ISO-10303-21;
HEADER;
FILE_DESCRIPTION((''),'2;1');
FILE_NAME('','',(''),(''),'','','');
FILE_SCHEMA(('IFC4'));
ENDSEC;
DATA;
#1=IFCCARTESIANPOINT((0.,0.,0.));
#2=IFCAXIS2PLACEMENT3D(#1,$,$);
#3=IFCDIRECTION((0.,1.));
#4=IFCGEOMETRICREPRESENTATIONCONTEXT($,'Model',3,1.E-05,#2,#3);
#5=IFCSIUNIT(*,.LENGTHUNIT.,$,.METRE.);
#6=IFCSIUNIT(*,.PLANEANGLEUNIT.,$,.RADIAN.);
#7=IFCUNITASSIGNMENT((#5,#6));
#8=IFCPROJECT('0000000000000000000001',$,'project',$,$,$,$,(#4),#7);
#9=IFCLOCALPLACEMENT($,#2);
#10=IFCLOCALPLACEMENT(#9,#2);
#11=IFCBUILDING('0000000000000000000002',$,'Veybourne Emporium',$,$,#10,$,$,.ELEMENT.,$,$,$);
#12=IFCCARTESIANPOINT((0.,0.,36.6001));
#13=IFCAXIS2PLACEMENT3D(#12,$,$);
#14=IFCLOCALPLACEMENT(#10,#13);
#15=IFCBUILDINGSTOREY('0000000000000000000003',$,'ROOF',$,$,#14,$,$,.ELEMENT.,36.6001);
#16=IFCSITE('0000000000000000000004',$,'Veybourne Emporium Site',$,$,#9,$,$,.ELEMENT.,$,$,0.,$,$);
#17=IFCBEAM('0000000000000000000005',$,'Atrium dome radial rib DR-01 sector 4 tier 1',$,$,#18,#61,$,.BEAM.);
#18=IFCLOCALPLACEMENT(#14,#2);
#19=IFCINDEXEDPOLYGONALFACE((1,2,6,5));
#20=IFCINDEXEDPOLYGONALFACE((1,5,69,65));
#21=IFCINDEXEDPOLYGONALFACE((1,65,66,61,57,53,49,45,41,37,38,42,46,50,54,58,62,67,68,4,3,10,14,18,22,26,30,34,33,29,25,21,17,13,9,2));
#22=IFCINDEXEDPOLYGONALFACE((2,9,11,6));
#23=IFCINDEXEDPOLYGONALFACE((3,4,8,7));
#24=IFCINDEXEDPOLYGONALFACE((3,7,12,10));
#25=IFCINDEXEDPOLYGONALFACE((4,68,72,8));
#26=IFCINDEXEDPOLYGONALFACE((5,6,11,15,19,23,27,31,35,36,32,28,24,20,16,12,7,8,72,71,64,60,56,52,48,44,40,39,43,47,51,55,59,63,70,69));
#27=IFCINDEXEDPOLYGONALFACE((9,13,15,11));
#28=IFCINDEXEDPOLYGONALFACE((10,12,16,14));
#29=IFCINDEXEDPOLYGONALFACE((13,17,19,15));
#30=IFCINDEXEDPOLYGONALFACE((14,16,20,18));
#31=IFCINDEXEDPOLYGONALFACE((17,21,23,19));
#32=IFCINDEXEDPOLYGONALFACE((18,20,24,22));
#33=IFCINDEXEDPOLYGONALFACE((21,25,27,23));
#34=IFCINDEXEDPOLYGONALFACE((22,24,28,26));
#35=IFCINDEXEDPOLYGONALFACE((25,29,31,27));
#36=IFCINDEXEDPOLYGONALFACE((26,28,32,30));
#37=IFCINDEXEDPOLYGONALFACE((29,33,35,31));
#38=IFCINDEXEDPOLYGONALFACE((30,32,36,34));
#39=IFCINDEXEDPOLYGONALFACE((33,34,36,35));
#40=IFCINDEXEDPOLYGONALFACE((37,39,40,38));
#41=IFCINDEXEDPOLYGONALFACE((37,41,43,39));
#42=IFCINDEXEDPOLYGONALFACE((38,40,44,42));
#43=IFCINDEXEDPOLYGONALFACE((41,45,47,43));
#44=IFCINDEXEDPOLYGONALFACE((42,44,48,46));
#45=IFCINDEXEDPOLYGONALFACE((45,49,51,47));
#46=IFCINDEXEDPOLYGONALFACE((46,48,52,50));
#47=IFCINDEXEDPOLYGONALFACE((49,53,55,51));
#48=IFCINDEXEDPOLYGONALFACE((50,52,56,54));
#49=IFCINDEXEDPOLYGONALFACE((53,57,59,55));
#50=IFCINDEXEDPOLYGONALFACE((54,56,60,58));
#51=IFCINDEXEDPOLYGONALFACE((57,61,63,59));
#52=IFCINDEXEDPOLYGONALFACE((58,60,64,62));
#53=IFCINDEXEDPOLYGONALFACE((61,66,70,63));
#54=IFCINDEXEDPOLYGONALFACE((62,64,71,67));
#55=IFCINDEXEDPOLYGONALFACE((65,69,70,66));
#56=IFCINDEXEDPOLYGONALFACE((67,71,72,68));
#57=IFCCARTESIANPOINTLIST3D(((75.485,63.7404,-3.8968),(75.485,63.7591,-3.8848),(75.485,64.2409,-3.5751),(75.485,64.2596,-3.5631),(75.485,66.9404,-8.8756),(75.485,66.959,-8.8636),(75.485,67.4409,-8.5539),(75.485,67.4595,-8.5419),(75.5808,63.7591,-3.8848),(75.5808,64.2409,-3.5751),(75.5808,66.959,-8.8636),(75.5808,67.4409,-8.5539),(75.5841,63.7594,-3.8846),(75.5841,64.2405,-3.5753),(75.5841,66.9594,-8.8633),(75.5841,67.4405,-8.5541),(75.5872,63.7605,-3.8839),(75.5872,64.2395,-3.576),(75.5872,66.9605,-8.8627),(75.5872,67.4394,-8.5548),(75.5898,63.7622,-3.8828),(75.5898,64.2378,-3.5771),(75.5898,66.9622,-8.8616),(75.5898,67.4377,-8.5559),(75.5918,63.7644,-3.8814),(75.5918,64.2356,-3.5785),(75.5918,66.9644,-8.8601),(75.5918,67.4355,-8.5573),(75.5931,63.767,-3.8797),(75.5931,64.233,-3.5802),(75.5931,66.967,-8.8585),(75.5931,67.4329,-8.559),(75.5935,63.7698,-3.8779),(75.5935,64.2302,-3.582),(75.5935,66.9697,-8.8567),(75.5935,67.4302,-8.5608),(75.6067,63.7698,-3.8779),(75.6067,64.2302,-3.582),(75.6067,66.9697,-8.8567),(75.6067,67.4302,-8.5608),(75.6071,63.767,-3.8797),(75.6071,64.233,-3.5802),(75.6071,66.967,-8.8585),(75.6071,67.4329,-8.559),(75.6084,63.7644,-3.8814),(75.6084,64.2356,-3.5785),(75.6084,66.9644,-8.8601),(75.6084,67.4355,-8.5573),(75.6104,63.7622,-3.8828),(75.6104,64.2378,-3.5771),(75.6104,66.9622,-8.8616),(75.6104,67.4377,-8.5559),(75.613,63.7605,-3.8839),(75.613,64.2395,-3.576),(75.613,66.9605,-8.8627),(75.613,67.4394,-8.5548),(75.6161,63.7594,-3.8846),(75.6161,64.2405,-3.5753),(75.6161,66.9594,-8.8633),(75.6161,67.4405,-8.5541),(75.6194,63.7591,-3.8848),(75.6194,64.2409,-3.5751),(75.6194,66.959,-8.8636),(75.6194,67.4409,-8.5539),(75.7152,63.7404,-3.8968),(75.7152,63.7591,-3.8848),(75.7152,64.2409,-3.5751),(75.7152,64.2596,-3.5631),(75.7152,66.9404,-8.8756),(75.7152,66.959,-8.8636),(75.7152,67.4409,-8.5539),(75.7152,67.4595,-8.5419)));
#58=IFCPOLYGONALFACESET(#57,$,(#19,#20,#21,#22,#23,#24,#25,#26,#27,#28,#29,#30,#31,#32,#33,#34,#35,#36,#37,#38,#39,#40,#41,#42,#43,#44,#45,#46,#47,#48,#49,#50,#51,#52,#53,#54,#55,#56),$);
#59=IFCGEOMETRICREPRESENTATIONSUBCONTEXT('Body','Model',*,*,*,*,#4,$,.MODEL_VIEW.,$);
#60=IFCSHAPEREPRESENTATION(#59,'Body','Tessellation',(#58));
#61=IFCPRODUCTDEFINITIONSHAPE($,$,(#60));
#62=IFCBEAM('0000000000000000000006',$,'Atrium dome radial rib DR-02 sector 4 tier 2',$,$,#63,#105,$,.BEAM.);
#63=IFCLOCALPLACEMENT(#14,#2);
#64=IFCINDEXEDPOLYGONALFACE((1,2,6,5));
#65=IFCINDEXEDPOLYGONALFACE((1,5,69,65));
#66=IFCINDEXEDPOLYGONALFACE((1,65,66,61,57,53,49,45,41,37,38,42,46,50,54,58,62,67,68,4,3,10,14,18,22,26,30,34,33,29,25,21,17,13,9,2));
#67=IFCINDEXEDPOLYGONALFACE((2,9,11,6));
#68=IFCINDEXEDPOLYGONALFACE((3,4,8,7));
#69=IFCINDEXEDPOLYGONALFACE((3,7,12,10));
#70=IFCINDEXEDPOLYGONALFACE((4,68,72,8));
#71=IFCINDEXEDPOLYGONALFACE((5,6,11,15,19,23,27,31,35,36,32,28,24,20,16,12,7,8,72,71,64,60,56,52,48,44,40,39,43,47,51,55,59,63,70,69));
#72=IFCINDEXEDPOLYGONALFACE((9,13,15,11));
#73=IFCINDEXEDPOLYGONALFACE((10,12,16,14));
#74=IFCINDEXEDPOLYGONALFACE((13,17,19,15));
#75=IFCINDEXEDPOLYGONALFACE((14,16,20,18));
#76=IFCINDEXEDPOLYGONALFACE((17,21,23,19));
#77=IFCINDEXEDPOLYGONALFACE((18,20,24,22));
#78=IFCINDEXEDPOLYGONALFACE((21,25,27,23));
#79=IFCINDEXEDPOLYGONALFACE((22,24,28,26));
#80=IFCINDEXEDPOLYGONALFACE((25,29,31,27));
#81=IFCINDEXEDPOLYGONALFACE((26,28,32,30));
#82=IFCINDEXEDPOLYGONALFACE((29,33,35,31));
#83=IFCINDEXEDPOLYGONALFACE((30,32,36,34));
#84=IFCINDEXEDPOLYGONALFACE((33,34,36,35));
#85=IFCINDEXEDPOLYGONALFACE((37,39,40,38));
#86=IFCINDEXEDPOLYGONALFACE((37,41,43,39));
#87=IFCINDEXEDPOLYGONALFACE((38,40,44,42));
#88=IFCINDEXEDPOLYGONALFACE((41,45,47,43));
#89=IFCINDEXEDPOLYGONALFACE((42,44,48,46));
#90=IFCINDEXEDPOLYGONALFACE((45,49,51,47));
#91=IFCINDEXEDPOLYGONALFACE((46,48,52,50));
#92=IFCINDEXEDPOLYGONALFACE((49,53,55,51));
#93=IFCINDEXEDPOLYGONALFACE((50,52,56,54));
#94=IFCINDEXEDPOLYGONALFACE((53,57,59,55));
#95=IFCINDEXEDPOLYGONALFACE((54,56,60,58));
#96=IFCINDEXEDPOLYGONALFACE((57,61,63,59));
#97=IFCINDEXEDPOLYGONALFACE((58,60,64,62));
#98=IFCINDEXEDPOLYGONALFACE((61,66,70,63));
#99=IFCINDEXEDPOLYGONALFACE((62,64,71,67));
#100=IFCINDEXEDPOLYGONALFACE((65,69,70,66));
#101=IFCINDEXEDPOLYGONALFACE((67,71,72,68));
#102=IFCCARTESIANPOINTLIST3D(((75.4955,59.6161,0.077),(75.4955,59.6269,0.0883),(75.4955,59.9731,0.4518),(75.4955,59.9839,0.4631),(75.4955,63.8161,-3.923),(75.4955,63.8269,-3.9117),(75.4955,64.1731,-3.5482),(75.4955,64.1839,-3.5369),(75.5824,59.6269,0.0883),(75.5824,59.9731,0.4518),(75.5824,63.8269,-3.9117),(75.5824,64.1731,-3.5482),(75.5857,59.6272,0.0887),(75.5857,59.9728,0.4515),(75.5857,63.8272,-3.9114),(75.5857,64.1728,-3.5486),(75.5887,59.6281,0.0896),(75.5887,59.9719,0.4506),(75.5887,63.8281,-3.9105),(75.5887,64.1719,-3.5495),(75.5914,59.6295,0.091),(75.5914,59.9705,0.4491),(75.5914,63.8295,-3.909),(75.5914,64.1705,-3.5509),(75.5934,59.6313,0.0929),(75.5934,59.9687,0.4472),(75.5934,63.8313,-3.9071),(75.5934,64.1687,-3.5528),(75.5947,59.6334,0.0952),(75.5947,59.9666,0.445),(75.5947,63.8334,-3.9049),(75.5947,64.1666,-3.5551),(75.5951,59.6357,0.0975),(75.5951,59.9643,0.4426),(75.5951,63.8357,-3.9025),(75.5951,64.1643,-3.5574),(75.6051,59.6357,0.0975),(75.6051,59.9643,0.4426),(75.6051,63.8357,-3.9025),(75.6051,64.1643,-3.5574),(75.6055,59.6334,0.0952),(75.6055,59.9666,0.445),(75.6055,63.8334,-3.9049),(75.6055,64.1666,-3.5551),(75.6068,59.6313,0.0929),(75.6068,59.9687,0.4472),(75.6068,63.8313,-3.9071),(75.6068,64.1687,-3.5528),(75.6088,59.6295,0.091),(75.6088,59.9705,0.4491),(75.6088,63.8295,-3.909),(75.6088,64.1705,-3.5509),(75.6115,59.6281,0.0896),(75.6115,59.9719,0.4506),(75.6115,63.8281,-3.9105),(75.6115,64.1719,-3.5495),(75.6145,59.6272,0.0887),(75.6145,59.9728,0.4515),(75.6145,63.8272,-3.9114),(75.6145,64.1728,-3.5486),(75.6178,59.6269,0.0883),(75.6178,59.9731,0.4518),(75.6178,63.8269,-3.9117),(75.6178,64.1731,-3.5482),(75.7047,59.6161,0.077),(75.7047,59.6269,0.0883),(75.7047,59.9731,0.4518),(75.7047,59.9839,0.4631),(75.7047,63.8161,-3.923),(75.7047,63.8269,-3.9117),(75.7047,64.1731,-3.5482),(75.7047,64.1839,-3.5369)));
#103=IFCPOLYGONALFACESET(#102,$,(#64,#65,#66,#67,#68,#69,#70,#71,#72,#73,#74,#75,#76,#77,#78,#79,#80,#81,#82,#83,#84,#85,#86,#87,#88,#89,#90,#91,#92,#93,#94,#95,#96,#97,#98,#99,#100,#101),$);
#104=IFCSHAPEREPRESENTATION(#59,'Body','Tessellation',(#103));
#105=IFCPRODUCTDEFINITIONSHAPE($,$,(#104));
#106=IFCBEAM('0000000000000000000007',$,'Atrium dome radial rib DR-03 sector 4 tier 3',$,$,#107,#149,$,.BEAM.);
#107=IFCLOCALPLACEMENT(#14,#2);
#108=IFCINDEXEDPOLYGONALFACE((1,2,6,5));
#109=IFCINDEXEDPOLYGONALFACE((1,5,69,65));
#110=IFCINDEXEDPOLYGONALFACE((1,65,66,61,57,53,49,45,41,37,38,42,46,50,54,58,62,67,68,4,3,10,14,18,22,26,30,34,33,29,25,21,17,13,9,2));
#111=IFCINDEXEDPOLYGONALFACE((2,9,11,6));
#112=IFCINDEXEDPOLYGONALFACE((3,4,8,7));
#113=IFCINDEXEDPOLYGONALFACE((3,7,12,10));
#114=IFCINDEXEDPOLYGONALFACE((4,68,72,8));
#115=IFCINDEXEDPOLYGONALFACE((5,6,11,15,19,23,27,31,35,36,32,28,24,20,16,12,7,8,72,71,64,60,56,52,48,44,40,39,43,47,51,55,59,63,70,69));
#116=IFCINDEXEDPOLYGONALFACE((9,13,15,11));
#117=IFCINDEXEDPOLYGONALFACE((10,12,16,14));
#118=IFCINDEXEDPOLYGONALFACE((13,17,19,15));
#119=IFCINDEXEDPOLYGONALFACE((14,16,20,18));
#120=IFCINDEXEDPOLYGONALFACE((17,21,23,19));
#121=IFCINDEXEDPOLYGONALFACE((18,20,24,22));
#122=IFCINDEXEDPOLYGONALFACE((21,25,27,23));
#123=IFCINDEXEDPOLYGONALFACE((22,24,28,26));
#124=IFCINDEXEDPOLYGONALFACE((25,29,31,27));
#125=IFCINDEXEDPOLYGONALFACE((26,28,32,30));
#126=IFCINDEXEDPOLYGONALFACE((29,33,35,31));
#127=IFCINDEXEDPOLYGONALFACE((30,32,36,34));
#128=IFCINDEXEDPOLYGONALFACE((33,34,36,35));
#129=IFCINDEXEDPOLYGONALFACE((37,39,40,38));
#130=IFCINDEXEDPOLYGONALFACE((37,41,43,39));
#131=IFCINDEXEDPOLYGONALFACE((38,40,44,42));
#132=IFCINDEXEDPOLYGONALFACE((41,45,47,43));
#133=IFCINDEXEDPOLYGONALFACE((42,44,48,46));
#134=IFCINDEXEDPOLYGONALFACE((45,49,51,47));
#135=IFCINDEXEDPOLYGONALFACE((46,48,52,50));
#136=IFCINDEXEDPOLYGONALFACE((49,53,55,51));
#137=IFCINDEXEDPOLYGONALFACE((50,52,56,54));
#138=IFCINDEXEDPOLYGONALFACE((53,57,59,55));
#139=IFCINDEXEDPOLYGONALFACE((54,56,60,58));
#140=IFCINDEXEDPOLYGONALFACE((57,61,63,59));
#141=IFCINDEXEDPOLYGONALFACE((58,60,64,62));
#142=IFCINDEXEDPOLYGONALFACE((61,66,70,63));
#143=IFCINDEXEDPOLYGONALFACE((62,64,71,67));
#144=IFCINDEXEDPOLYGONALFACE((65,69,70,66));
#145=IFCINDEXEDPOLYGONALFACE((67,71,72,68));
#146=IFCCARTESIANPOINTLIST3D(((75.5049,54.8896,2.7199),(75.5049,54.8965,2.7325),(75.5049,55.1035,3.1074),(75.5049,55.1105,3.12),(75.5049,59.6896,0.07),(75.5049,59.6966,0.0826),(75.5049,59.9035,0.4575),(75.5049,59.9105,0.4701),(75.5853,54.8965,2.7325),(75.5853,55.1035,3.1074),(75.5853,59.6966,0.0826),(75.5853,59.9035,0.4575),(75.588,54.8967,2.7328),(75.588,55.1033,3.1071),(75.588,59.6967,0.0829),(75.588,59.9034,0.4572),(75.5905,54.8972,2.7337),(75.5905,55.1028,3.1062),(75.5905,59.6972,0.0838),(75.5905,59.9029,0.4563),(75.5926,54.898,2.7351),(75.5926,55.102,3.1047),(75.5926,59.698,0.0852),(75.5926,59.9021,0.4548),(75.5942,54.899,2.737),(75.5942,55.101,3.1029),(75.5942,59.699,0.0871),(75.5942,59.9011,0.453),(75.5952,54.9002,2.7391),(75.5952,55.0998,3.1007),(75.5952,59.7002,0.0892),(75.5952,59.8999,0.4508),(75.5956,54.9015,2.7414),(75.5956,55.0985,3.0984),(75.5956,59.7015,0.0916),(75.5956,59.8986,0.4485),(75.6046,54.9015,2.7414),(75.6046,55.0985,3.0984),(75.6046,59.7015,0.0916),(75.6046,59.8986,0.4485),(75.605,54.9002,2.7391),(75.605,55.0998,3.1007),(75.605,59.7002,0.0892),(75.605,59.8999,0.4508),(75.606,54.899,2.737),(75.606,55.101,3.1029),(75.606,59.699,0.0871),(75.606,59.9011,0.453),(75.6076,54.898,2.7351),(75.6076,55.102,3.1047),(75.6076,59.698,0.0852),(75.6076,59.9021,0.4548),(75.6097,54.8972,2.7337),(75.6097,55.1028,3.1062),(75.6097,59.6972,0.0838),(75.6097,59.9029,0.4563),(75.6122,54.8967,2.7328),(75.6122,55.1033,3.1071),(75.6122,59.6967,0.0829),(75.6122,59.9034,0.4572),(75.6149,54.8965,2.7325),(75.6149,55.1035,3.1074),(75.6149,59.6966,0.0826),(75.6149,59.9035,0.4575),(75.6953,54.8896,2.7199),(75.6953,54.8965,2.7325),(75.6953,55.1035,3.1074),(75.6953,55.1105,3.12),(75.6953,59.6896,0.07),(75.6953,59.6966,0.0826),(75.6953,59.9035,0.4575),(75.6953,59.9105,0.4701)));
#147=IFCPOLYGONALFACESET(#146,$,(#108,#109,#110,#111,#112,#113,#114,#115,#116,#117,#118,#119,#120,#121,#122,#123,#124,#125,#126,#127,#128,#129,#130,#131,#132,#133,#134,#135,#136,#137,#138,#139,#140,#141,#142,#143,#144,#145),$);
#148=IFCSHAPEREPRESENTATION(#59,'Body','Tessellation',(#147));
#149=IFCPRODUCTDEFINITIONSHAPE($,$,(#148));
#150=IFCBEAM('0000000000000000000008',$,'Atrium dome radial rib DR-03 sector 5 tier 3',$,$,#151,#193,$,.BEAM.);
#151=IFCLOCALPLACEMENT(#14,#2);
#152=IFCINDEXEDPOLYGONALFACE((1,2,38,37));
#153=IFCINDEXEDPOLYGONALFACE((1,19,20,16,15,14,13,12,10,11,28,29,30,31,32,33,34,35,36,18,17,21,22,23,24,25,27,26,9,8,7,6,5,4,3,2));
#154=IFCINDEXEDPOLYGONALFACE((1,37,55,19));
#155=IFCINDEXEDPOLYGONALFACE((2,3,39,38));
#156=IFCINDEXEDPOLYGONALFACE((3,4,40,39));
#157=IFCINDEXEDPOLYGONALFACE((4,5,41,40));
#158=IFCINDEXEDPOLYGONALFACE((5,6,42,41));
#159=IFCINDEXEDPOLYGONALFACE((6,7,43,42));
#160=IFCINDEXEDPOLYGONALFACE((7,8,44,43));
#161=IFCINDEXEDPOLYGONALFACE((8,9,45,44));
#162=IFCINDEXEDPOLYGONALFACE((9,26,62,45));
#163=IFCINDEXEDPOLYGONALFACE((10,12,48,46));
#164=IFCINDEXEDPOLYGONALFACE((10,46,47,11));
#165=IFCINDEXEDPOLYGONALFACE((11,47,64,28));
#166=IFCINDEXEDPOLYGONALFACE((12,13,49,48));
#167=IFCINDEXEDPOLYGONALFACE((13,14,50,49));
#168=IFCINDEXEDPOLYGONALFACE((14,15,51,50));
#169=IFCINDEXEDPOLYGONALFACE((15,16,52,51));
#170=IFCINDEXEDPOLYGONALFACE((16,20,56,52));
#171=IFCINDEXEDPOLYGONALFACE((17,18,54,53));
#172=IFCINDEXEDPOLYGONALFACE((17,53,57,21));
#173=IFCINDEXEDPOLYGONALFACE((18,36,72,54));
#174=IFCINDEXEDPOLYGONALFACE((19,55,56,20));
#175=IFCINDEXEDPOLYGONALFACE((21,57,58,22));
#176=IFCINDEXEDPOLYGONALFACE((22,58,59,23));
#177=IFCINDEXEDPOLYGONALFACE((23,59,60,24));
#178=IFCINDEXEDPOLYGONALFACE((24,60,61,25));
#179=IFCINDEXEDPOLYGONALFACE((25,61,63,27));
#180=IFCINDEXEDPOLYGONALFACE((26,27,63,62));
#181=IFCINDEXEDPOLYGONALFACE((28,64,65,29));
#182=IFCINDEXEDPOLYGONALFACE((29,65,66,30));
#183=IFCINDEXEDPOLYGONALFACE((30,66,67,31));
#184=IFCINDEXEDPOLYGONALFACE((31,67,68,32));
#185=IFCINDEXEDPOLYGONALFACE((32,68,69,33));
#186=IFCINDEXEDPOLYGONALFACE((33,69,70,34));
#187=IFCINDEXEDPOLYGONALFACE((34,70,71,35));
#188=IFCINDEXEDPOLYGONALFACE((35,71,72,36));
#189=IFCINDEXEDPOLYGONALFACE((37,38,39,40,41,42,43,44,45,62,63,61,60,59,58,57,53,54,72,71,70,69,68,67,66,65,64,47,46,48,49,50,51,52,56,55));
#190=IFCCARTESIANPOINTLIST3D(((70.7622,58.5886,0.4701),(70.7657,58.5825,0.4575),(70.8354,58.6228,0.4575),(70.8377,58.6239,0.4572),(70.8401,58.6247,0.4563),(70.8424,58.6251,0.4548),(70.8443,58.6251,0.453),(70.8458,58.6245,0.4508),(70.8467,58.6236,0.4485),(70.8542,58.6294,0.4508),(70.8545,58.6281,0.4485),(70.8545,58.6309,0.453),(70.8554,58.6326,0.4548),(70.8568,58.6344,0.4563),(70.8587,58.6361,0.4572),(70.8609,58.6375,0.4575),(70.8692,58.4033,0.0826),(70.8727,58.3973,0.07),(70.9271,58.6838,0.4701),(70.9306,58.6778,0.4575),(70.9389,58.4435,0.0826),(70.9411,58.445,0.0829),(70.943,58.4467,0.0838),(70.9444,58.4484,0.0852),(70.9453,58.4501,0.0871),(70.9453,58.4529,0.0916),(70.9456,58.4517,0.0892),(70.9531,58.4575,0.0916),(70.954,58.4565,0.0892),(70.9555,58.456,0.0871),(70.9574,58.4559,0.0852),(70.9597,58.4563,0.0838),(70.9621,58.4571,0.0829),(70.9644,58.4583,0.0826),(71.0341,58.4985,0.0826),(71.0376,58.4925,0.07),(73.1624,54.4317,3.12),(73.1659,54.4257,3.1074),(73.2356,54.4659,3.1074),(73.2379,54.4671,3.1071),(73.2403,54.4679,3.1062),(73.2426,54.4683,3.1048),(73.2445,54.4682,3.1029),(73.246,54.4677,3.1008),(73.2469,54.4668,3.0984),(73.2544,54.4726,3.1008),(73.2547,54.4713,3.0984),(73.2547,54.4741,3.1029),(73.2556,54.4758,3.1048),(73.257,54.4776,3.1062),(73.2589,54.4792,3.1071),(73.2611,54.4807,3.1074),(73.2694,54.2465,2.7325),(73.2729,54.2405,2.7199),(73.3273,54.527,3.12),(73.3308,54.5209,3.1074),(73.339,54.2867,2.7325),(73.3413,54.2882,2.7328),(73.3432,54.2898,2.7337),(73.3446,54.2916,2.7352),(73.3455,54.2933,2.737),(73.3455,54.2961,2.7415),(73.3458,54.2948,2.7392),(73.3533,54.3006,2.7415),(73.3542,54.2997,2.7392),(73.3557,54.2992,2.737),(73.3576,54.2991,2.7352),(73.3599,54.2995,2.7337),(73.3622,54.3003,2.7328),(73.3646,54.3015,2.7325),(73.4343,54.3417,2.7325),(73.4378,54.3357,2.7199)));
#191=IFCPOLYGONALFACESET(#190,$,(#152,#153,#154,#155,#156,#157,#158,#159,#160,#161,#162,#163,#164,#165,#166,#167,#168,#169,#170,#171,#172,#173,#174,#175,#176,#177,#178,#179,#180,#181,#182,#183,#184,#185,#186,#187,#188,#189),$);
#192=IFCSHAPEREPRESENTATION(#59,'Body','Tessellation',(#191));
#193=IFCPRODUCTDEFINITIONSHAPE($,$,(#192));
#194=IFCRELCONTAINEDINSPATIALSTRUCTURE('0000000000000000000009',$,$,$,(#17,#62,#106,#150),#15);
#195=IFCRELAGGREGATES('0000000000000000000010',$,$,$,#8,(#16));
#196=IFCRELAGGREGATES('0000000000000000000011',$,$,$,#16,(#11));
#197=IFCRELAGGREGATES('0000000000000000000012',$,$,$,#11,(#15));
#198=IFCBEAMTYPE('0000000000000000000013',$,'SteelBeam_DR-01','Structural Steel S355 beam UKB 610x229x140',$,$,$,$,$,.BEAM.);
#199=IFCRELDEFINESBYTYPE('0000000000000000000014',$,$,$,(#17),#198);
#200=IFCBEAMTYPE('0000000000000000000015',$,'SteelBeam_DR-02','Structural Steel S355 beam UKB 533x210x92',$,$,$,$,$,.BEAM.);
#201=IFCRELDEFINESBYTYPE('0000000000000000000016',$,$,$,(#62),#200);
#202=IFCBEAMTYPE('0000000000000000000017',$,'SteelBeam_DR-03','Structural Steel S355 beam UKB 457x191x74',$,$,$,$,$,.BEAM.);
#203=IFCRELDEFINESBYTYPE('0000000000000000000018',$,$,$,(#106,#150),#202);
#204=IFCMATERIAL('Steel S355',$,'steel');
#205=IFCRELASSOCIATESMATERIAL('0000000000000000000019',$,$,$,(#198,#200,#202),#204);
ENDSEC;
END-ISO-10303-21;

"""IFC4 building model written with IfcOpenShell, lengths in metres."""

from ifc_helpers import new_model, si_unit, direction, frame, origin, origin_2d, place, context, subcontext, project, spatial, i_section, extrude, material, material_profile, profile_set, type_object, element, save


model = new_model("IFC4")

# Units and contexts
model_context = context("Model", 3, precision=1e-05, world=origin(), true_north=direction((0.0, 1.0)))
body_context = subcontext(model_context, "Body", "Model", "MODEL_VIEW")
ifc_project = project(units=[si_unit("LENGTHUNIT", "METRE"), si_unit("PLANEANGLEUNIT", "RADIAN")], contexts=[model_context])

# Site, building, storey
site_placement = place(None, origin())
site = spatial("IfcSite", under=ifc_project, at=site_placement, Name="Veybourne Emporium Site", CompositionType="ELEMENT", RefElevation=0.0)
building_placement = place(site_placement, origin())
building = spatial("IfcBuilding", under=site, at=building_placement, Name="Veybourne Emporium", CompositionType="ELEMENT")
storey_placement = place(building_placement, frame((0.0, 0.0, 36.6001)))
storey = spatial("IfcBuildingStorey", under=building, at=storey_placement, Name="ROOF", CompositionType="ELEMENT", Elevation=36.6001)

# Beams
ifc_material_1 = material(Name="Steel S355", Category="steel")
ifc_material_profile_1 = material_profile(ifc_material_1, i_section(OverallWidth=0.2302, OverallDepth=0.6172, WebThickness=0.0132, FlangeThickness=0.0222, FilletRadius=0.0127, at=origin_2d()), Name="UKB 610x229x140")
ifc_profile_set_1 = profile_set([ifc_material_profile_1], Name="Steel S355")
beam_type_1 = type_object("IfcBeamType", Name="SteelBeam_DR-01", Description="Structural Steel S355 beam UKB 610x229x140", PredefinedType="BEAM", material=ifc_profile_set_1)
beam_1_placement = place(storey_placement, frame((75.6001, 67.2, -8.7087), z_axis=(0.0, -0.540676, 0.841231), x_axis=(1.0, 0.0, 0.0)))
element("IfcBeam", 1, at=beam_1_placement, inside=storey, type_object=beam_type_1, Name="Atrium dome radial rib DR-01 sector 4 tier 1", PredefinedType="BEAM", context=body_context, shape_type="SweptSolid", body=[
    extrude(i_section(OverallWidth=0.2302, OverallDepth=0.6172, WebThickness=0.0132, FlangeThickness=0.0222, FilletRadius=0.0127, at=origin_2d()), origin(), (0.0, 0.0, 1.0), 5.9185),
])
ifc_material_profile_2 = material_profile(ifc_material_1, i_section(OverallWidth=0.2092, OverallDepth=0.5332, WebThickness=0.01, FlangeThickness=0.0156, FilletRadius=0.0127, at=origin_2d()), Name="UKB 533x210x92")
ifc_profile_set_2 = profile_set([ifc_material_profile_2], Name="Steel S355")
beam_type_2 = type_object("IfcBeamType", Name="SteelBeam_DR-02", Description="Structural Steel S355 beam UKB 533x210x92", PredefinedType="BEAM", material=ifc_profile_set_2)
beam_2_placement = place(storey_placement, frame((75.6001, 64.0, -3.73), z_axis=(0.0, -0.724134, 0.689659), x_axis=(1.0, 0.0, 0.0)))
element("IfcBeam", 2, at=beam_2_placement, inside=storey, type_object=beam_type_2, Name="Atrium dome radial rib DR-02 sector 4 tier 2", PredefinedType="BEAM", context=body_context, shape_type="SweptSolid", body=[
    extrude(i_section(OverallWidth=0.2092, OverallDepth=0.5332, WebThickness=0.01, FlangeThickness=0.0156, FilletRadius=0.0127, at=origin_2d()), origin(), (0.0, 0.0, 1.0), 5.8),
])
ifc_material_profile_3 = material_profile(ifc_material_1, i_section(OverallWidth=0.1904, OverallDepth=0.457, WebThickness=0.009, FlangeThickness=0.0144, FilletRadius=0.0103, at=origin_2d()), Name="UKB 457x191x74")
ifc_profile_set_3 = profile_set([ifc_material_profile_3], Name="Steel S355")
beam_type_3 = type_object("IfcBeamType", Name="SteelBeam_DR-03", Description="Structural Steel S355 beam UKB 457x191x74", PredefinedType="BEAM", material=ifc_profile_set_3)
for number, where, z_axis, x_axis, name in (
    (3, (75.6001, 59.8, 0.27), (0.0, -0.875454, 0.483301), (1.0, 0.0, 0.0), "Atrium dome radial rib DR-03 sector 4 tier 3"),
    (4, (70.8999, 58.5405, 0.27), (0.437759, -0.758141, 0.483311), (0.866003, 0.500039, 0.0), "Atrium dome radial rib DR-03 sector 5 tier 3"),
):
    element("IfcBeam", number, at=place(storey_placement, frame(where, z_axis=z_axis, x_axis=x_axis)), inside=storey, type_object=beam_type_3, Name=name, PredefinedType="BEAM", context=body_context, shape_type="SweptSolid", body=[
        extrude(i_section(OverallWidth=0.1904, OverallDepth=0.457, WebThickness=0.009, FlangeThickness=0.0144, FilletRadius=0.0103, at=origin_2d()), origin(), (0.0, 0.0, 1.0), 5.4829),
    ])

save(model, "model.ifc")
